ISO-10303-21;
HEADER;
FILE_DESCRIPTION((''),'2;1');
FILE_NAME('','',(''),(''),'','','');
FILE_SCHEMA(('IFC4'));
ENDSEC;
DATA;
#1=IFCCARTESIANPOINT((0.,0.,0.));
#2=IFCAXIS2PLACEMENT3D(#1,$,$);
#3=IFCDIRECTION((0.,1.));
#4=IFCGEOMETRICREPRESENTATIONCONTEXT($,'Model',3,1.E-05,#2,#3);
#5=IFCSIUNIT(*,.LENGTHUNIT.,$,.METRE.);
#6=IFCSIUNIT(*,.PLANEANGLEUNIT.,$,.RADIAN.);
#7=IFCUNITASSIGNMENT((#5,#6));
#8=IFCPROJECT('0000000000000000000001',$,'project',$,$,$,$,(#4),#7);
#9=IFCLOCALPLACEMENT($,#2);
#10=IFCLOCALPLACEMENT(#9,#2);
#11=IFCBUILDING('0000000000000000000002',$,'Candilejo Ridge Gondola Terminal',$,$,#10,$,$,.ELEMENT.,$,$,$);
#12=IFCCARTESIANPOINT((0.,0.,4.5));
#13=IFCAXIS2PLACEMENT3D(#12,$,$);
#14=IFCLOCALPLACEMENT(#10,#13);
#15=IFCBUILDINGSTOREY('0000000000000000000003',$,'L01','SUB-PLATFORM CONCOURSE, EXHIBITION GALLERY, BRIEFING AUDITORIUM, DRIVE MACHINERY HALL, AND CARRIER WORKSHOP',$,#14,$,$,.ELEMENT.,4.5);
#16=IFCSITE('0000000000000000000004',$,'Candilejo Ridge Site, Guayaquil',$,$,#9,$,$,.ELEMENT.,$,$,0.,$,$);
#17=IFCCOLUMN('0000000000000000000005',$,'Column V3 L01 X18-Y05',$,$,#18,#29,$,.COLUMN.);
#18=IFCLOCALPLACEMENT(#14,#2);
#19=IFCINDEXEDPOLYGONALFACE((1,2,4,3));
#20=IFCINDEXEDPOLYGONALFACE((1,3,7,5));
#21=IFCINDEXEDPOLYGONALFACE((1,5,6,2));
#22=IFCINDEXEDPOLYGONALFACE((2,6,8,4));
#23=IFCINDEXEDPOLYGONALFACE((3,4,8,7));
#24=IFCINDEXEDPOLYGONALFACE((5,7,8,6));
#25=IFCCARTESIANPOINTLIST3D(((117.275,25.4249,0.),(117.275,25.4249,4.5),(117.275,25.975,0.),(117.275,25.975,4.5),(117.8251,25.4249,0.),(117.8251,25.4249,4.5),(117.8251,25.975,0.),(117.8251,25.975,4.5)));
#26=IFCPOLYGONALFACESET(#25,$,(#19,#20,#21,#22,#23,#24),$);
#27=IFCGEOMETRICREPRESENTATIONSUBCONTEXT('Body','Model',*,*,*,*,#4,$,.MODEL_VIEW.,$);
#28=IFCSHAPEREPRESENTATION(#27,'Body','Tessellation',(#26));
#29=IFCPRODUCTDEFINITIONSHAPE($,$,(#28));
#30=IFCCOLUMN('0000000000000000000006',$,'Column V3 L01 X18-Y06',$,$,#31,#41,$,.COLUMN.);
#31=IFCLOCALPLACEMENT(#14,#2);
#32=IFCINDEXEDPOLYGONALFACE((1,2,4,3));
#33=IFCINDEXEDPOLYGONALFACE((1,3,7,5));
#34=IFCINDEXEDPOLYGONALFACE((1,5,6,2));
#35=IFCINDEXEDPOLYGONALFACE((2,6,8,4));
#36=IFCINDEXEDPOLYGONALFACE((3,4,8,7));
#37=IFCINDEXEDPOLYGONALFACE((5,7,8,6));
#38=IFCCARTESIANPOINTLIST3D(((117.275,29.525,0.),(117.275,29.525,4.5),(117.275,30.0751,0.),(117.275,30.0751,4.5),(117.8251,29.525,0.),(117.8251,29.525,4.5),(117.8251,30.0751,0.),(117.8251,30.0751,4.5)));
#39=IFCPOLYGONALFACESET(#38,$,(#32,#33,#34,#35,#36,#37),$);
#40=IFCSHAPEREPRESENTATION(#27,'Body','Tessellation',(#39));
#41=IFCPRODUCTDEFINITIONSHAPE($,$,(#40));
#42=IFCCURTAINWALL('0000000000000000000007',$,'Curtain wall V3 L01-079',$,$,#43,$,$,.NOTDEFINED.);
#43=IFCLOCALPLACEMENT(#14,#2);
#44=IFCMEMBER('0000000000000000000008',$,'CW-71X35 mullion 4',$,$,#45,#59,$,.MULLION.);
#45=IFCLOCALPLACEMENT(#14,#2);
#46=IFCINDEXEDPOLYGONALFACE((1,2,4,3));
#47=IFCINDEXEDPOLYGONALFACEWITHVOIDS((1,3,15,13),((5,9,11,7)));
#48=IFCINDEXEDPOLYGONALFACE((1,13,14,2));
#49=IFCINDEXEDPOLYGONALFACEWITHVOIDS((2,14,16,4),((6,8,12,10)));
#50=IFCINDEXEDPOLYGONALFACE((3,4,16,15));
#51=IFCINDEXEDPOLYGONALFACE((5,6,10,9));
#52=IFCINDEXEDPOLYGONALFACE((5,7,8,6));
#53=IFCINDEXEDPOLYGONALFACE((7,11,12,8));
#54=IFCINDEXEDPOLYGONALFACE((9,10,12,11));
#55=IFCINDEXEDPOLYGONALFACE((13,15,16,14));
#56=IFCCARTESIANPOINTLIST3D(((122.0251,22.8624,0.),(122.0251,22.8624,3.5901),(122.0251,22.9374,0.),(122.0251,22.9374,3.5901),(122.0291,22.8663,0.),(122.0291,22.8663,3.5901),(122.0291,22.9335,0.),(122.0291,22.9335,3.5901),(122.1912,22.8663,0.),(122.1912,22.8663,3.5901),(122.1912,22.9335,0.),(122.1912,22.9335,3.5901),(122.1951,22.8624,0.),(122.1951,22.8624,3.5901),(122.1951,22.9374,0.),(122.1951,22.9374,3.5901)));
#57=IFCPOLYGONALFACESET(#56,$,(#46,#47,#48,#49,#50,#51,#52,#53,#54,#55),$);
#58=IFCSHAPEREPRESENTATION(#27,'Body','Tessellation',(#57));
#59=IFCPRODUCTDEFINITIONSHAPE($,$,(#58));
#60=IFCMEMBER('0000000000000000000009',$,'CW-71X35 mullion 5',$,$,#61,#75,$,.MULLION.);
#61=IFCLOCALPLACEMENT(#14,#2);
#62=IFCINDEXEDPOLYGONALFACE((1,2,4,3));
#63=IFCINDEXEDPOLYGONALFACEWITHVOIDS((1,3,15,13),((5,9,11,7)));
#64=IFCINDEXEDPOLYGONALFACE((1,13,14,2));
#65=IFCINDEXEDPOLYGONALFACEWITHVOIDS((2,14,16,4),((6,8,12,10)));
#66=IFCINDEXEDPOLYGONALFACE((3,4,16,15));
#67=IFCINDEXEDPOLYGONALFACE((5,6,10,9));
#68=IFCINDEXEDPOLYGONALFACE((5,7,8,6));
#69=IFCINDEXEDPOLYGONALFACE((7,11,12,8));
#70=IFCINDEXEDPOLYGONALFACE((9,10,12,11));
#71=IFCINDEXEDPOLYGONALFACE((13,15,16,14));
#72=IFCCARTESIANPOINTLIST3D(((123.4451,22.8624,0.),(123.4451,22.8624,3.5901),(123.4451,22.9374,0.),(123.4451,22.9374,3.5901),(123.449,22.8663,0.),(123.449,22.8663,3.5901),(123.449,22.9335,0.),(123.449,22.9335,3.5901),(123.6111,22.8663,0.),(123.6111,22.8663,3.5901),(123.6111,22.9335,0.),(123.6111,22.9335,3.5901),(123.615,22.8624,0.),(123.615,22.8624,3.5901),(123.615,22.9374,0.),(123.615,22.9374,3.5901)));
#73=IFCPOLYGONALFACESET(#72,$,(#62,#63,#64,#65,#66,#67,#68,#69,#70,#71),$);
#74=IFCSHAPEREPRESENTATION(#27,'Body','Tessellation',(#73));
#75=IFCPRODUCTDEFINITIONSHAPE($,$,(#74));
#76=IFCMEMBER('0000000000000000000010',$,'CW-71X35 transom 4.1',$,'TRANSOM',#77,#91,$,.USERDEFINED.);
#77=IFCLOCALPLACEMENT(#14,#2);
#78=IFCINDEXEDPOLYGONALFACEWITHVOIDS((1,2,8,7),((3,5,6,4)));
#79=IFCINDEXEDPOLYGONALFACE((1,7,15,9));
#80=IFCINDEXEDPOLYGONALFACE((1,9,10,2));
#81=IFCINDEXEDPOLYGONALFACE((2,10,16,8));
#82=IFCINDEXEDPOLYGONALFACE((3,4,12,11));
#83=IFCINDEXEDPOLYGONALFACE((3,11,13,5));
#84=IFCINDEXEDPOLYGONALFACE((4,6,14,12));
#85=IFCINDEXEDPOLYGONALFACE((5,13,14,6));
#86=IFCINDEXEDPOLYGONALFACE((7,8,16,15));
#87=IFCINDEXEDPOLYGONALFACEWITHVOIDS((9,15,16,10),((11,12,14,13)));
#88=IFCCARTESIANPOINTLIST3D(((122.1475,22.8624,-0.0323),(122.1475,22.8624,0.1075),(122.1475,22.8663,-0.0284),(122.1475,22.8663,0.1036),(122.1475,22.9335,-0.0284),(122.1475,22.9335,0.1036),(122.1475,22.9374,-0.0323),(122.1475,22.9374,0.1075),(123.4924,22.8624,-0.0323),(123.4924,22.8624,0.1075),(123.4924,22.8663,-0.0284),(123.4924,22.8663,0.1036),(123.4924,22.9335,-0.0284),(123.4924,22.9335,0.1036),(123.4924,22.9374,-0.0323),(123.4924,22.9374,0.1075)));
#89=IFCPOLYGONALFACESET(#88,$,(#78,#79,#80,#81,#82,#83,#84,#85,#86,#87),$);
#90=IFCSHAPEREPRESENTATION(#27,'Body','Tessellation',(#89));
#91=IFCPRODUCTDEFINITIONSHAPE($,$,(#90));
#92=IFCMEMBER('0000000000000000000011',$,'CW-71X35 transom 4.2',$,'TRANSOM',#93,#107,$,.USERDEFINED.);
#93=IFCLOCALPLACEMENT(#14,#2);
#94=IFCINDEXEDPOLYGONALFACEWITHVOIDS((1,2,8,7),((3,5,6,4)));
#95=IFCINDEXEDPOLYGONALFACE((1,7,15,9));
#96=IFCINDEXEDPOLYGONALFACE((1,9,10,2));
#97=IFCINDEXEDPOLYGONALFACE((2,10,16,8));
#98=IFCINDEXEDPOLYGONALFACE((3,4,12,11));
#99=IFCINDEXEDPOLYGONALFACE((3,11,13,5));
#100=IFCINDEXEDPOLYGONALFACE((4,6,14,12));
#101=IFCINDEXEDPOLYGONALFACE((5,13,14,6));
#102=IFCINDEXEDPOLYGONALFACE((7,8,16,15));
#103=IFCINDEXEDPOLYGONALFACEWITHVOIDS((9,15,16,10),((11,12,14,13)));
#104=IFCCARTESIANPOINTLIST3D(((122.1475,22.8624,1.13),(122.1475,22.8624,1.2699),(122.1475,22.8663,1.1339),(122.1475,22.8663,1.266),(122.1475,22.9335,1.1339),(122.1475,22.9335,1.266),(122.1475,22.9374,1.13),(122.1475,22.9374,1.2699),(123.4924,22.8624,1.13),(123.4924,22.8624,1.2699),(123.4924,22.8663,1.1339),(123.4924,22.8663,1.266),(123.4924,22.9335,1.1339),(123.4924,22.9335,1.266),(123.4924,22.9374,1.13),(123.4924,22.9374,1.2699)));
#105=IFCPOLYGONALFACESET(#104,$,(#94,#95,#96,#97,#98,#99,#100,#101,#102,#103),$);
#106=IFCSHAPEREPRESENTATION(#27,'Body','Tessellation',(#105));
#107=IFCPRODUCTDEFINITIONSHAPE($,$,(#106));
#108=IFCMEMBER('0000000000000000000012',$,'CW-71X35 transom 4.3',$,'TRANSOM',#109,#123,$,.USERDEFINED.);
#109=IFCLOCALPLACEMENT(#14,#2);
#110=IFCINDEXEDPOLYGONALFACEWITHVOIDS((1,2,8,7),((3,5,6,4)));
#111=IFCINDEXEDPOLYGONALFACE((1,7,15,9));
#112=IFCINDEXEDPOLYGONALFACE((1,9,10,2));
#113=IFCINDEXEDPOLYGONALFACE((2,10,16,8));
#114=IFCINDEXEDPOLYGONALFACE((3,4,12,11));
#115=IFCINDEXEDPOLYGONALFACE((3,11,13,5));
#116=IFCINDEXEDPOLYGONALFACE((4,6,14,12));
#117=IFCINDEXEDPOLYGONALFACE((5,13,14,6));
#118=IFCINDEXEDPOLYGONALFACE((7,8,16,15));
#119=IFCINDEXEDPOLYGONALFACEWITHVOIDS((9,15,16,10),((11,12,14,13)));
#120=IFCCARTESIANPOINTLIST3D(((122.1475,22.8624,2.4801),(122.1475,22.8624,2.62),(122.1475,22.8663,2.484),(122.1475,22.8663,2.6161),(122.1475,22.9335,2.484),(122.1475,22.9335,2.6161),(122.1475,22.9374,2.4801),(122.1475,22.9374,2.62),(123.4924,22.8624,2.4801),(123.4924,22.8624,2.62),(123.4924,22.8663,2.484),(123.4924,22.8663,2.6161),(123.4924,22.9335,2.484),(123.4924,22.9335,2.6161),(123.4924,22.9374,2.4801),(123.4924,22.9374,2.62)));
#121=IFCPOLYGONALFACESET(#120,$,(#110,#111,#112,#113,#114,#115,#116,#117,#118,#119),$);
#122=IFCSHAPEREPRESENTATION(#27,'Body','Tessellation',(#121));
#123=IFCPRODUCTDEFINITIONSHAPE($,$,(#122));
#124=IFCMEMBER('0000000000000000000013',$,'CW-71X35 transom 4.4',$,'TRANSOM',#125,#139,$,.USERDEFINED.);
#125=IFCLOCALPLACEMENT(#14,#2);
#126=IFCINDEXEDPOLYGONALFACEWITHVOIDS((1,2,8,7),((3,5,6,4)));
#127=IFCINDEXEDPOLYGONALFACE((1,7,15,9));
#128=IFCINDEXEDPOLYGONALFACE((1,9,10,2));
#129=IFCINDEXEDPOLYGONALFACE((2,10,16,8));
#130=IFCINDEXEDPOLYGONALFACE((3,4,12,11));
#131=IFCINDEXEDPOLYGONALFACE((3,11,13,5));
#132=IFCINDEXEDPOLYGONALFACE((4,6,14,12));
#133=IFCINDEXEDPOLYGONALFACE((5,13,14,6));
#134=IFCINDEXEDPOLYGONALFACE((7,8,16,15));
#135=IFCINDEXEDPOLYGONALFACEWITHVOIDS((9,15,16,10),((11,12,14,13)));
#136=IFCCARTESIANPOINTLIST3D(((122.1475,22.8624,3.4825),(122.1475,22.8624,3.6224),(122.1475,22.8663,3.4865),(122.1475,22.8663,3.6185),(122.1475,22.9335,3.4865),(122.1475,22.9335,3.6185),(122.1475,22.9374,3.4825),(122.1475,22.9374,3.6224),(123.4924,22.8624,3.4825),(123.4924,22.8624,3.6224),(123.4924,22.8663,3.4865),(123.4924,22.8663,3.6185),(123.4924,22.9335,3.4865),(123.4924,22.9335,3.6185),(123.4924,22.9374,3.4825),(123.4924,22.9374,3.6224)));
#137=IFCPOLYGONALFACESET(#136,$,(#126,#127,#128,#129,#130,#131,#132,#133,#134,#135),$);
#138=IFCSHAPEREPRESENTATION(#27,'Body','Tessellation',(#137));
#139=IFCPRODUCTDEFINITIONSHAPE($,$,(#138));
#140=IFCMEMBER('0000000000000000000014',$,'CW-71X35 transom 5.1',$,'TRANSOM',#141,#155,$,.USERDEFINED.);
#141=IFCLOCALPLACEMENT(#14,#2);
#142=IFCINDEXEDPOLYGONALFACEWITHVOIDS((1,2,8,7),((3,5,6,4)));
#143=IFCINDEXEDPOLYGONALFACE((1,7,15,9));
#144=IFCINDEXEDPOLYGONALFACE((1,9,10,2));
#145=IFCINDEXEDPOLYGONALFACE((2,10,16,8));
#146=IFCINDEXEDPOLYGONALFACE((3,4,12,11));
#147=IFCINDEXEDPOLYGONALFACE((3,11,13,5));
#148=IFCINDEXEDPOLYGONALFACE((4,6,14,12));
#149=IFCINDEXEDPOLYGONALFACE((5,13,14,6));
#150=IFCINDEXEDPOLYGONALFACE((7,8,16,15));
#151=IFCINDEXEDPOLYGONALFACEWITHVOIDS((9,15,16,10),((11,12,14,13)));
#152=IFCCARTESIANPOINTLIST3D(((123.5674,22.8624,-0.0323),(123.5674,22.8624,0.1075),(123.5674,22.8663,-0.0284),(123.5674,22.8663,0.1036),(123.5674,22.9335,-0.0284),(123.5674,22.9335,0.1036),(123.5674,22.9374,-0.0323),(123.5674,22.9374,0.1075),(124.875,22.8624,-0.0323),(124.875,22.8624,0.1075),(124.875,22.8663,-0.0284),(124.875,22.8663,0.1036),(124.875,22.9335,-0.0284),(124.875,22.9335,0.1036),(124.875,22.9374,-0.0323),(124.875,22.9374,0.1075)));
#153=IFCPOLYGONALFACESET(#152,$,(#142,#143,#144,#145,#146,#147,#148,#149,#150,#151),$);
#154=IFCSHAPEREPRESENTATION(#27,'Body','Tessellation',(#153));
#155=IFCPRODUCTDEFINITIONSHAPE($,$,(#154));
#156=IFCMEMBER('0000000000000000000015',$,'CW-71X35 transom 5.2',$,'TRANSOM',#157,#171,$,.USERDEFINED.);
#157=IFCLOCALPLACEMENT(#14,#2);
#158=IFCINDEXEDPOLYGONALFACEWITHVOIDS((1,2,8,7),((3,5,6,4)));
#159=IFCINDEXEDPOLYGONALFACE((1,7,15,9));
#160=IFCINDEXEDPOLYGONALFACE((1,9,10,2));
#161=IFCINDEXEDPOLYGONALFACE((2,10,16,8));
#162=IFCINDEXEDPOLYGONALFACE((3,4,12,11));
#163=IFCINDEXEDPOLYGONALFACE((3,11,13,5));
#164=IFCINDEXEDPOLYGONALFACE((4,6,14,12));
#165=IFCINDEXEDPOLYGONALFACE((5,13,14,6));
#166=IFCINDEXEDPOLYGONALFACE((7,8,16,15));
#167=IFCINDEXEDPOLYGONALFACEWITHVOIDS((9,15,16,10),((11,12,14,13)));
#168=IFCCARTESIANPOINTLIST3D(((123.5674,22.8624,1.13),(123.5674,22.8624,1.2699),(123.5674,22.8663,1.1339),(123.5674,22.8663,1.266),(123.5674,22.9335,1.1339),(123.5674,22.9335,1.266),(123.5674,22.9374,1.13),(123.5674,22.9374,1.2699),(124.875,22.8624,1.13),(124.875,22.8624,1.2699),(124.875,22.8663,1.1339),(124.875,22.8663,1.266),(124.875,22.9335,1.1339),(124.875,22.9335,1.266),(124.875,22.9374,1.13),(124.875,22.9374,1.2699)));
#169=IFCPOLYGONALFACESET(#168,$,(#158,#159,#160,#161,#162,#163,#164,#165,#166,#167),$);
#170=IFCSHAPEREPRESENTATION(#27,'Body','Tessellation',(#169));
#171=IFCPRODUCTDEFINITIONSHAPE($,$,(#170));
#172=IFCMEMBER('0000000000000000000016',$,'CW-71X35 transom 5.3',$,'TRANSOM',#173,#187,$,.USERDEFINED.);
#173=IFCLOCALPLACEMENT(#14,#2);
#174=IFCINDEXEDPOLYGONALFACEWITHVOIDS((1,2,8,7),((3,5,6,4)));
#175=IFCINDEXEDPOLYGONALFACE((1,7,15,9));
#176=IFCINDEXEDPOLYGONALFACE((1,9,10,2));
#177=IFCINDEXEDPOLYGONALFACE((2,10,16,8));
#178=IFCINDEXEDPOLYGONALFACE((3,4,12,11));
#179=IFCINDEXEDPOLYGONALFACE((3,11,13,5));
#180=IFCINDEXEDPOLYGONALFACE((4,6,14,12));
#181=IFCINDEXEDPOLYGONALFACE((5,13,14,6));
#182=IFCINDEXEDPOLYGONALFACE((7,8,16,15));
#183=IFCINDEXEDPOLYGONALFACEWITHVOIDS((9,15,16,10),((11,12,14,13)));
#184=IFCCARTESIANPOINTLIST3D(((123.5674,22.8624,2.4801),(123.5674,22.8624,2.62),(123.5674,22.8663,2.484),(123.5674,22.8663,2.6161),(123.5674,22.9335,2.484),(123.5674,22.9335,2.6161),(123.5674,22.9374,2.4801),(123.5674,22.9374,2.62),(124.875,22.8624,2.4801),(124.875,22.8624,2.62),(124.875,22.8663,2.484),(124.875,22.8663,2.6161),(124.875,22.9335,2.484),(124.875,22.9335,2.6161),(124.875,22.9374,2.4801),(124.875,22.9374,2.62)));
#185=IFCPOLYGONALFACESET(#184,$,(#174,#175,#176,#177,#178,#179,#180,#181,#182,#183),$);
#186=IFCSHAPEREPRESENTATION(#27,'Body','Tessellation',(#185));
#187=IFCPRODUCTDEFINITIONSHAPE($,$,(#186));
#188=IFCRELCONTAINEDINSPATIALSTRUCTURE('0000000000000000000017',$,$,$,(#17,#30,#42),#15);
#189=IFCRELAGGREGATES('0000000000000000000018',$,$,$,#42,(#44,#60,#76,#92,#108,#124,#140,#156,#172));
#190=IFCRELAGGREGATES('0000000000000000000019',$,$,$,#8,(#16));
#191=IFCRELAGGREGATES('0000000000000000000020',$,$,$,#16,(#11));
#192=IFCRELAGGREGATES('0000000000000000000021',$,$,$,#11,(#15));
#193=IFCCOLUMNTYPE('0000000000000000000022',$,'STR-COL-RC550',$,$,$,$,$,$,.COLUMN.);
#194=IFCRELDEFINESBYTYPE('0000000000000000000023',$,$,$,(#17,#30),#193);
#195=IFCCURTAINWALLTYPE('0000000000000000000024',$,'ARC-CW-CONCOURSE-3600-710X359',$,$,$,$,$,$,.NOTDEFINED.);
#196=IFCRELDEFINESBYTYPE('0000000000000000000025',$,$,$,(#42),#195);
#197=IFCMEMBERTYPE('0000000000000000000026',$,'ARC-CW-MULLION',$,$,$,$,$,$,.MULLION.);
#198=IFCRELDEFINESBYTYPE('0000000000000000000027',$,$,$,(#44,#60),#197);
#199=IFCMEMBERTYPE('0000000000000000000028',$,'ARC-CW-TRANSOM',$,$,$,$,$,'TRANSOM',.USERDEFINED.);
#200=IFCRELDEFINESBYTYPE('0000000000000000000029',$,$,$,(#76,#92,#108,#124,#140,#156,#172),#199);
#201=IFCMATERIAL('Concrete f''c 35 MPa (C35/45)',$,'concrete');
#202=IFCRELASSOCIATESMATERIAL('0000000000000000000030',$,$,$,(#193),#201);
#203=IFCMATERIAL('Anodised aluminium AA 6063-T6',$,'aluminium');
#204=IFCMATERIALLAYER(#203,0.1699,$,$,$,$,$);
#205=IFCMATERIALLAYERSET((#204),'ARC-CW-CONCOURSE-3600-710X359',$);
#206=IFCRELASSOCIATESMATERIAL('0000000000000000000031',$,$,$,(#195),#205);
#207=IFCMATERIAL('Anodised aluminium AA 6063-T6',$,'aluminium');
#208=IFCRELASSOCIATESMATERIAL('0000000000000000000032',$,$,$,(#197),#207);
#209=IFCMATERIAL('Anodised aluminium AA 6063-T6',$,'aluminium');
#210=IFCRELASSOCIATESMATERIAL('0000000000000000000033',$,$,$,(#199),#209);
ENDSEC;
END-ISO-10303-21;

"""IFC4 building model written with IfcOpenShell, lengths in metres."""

from ifc_helpers import new_model, si_unit, direction, frame, origin, origin_2d, place, context, subcontext, project, spatial, rectangle, hollow_rectangle, extrude, material, layer, layer_set, material_profile, profile_set, type_object, element, aggregate, save


model = new_model("IFC4")

# Units and contexts
model_context = context("Model", 3, precision=1e-05, world=origin(), true_north=direction((0.0, 1.0)))
body_context = subcontext(model_context, "Body", "Model", "MODEL_VIEW")
ifc_project = project(units=[si_unit("LENGTHUNIT", "METRE"), si_unit("PLANEANGLEUNIT", "RADIAN")], contexts=[model_context])

# Site, building, storey
site_placement = place(None, origin())
site = spatial("IfcSite", under=ifc_project, at=site_placement, Name="Candilejo Ridge Site, Guayaquil", CompositionType="ELEMENT", RefElevation=0.0)
building_placement = place(site_placement, origin())
building = spatial("IfcBuilding", under=site, at=building_placement, Name="Candilejo Ridge Gondola Terminal", CompositionType="ELEMENT")
storey_placement = place(building_placement, frame((0.0, 0.0, 4.5)))
storey = spatial("IfcBuildingStorey", under=building, at=storey_placement, Name="L01", Description="SUB-PLATFORM CONCOURSE, EXHIBITION GALLERY, BRIEFING AUDITORIUM, DRIVE MACHINERY HALL, AND CARRIER WORKSHOP", CompositionType="ELEMENT", Elevation=4.5)

# Columns
ifc_material_1 = material(Name="Concrete f'c 35 MPa (C35/45)", Category="concrete")
ifc_material_profile_1 = material_profile(ifc_material_1, rectangle(XDim=0.55, YDim=0.55, at=origin_2d()))
ifc_profile_set_1 = profile_set([ifc_material_profile_1], Name="Concrete f'c 35 MPa (C35/45)")
column_type = type_object("IfcColumnType", Name="STR-COL-RC550", PredefinedType="COLUMN", material=ifc_profile_set_1)
for number, where, z_axis, x_axis, name in (
    (1, (117.55, 25.7, 0.0), (0.0, 0.0, 1.0), (1.0, 0.0, 0.0), "Column V3 L01 X18-Y05"),
    (2, (117.55, 29.8, 0.0), (0.0, 0.0, 1.0), (1.0, 0.0, 0.0), "Column V3 L01 X18-Y06"),
):
    element("IfcColumn", number, at=place(storey_placement, frame(where, z_axis=z_axis, x_axis=x_axis)), inside=storey, type_object=column_type, Name=name, PredefinedType="COLUMN", context=body_context, shape_type="SweptSolid", body=[
        extrude(rectangle(XDim=0.55, YDim=0.55, at=origin_2d()), origin(), (0.0, 0.0, 1.0), 4.5),
    ])

# Curtain wall, members
ifc_material_2 = material(Name="Anodised aluminium AA 6063-T6", Category="aluminium")
ifc_layer_1 = layer(ifc_material_2, 0.1699)
ifc_layer_set_1 = layer_set([ifc_layer_1], Name="ARC-CW-CONCOURSE-3600-710X359")
curtain_wall_type = type_object("IfcCurtainWallType", Name="ARC-CW-CONCOURSE-3600-710X359", PredefinedType="NOTDEFINED", material=ifc_layer_set_1)
curtain_wall_placement = place(storey_placement, origin())
curtain_wall = element("IfcCurtainWall", 3, at=curtain_wall_placement, inside=storey, type_object=curtain_wall_type, Name="Curtain wall V3 L01-079", PredefinedType="NOTDEFINED")
ifc_material_3 = material(Name="Anodised aluminium AA 6063-T6", Category="aluminium")
ifc_material_profile_2 = material_profile(ifc_material_3, hollow_rectangle(XDim=0.075, YDim=0.1699, WallThickness=0.0039, at=origin_2d()))
ifc_profile_set_2 = profile_set([ifc_material_profile_2], Name="Anodised aluminium AA 6063-T6")
member_type_1 = type_object("IfcMemberType", Name="ARC-CW-MULLION", PredefinedType="MULLION", material=ifc_profile_set_2)
member_1_placement = place(storey_placement, frame((122.1101, 22.8999, 0.0), z_axis=(0.0, 0.0, 1.0), x_axis=(0.0, 1.0, 0.0)))
member_1 = element("IfcMember", 4, at=member_1_placement, type_object=member_type_1, Name="CW-71X35 mullion 4", PredefinedType="MULLION", context=body_context, shape_type="SweptSolid", body=[
    extrude(hollow_rectangle(XDim=0.075, YDim=0.1699, WallThickness=0.0039, at=origin_2d()), origin(), (0.0, 0.0, 1.0), 3.5901),
])
member_2_placement = place(storey_placement, frame((123.53, 22.8999, 0.0), z_axis=(0.0, 0.0, 1.0), x_axis=(0.0, 1.0, 0.0)))
member_2 = element("IfcMember", 5, at=member_2_placement, type_object=member_type_1, Name="CW-71X35 mullion 5", PredefinedType="MULLION", context=body_context, shape_type="SweptSolid", body=[
    extrude(hollow_rectangle(XDim=0.075, YDim=0.1699, WallThickness=0.0039, at=origin_2d()), origin(), (0.0, 0.0, 1.0), 3.5901),
])
ifc_material_4 = material(Name="Anodised aluminium AA 6063-T6", Category="aluminium")
ifc_material_profile_3 = material_profile(ifc_material_4, hollow_rectangle(XDim=0.075, YDim=0.1399, WallThickness=0.0039, at=origin_2d()))
ifc_profile_set_3 = profile_set([ifc_material_profile_3], Name="Anodised aluminium AA 6063-T6")
member_type_2 = type_object("IfcMemberType", Name="ARC-CW-TRANSOM", ElementType="TRANSOM", PredefinedType="USERDEFINED", material=ifc_profile_set_3)
member_3_placement = place(storey_placement, frame((122.1475, 22.8999, 0.0376), z_axis=(1.0, 0.0, 0.0), x_axis=(0.0, 1.0, 0.0)))
member_3 = element("IfcMember", 6, at=member_3_placement, type_object=member_type_2, Name="CW-71X35 transom 4.1", ObjectType="TRANSOM", PredefinedType="USERDEFINED", context=body_context, shape_type="SweptSolid", body=[
    extrude(hollow_rectangle(XDim=0.075, YDim=0.1399, WallThickness=0.0039, at=origin_2d()), origin(), (0.0, 0.0, 1.0), 1.345),
])
member_4_placement = place(storey_placement, frame((122.1475, 22.8999, 1.2), z_axis=(1.0, 0.0, 0.0), x_axis=(0.0, 1.0, 0.0)))
member_4 = element("IfcMember", 7, at=member_4_placement, type_object=member_type_2, Name="CW-71X35 transom 4.2", ObjectType="TRANSOM", PredefinedType="USERDEFINED", context=body_context, shape_type="SweptSolid", body=[
    extrude(hollow_rectangle(XDim=0.075, YDim=0.1399, WallThickness=0.0039, at=origin_2d()), origin(), (0.0, 0.0, 1.0), 1.345),
])
member_5_placement = place(storey_placement, frame((122.1475, 22.8999, 2.55), z_axis=(1.0, 0.0, 0.0), x_axis=(0.0, 1.0, 0.0)))
member_5 = element("IfcMember", 8, at=member_5_placement, type_object=member_type_2, Name="CW-71X35 transom 4.3", ObjectType="TRANSOM", PredefinedType="USERDEFINED", context=body_context, shape_type="SweptSolid", body=[
    extrude(hollow_rectangle(XDim=0.075, YDim=0.1399, WallThickness=0.0039, at=origin_2d()), origin(), (0.0, 0.0, 1.0), 1.345),
])
member_6_placement = place(storey_placement, frame((122.1475, 22.8999, 3.5525), z_axis=(1.0, 0.0, 0.0), x_axis=(0.0, 1.0, 0.0)))
member_6 = element("IfcMember", 9, at=member_6_placement, type_object=member_type_2, Name="CW-71X35 transom 4.4", ObjectType="TRANSOM", PredefinedType="USERDEFINED", context=body_context, shape_type="SweptSolid", body=[
    extrude(hollow_rectangle(XDim=0.075, YDim=0.1399, WallThickness=0.0039, at=origin_2d()), origin(), (0.0, 0.0, 1.0), 1.345),
])
member_7_placement = place(storey_placement, frame((123.5674, 22.8999, 0.0376), z_axis=(1.0, 0.0, 0.0), x_axis=(0.0, 1.0, 0.0)))
member_7 = element("IfcMember", 10, at=member_7_placement, type_object=member_type_2, Name="CW-71X35 transom 5.1", ObjectType="TRANSOM", PredefinedType="USERDEFINED", context=body_context, shape_type="SweptSolid", body=[
    extrude(hollow_rectangle(XDim=0.075, YDim=0.1399, WallThickness=0.0039, at=origin_2d()), origin(), (0.0, 0.0, 1.0), 1.3076),
])
member_8_placement = place(storey_placement, frame((123.5674, 22.8999, 1.2), z_axis=(1.0, 0.0, 0.0), x_axis=(0.0, 1.0, 0.0)))
member_8 = element("IfcMember", 11, at=member_8_placement, type_object=member_type_2, Name="CW-71X35 transom 5.2", ObjectType="TRANSOM", PredefinedType="USERDEFINED", context=body_context, shape_type="SweptSolid", body=[
    extrude(hollow_rectangle(XDim=0.075, YDim=0.1399, WallThickness=0.0039, at=origin_2d()), origin(), (0.0, 0.0, 1.0), 1.3076),
])
member_9_placement = place(storey_placement, frame((123.5674, 22.8999, 2.55), z_axis=(1.0, 0.0, 0.0), x_axis=(0.0, 1.0, 0.0)))
member_9 = element("IfcMember", 12, at=member_9_placement, type_object=member_type_2, Name="CW-71X35 transom 5.3", ObjectType="TRANSOM", PredefinedType="USERDEFINED", context=body_context, shape_type="SweptSolid", body=[
    extrude(hollow_rectangle(XDim=0.075, YDim=0.1399, WallThickness=0.0039, at=origin_2d()), origin(), (0.0, 0.0, 1.0), 1.3076),
])

aggregate(curtain_wall, [member_1, member_2, member_3, member_4, member_5, member_6, member_7, member_8, member_9])

save(model, "model.ifc")
